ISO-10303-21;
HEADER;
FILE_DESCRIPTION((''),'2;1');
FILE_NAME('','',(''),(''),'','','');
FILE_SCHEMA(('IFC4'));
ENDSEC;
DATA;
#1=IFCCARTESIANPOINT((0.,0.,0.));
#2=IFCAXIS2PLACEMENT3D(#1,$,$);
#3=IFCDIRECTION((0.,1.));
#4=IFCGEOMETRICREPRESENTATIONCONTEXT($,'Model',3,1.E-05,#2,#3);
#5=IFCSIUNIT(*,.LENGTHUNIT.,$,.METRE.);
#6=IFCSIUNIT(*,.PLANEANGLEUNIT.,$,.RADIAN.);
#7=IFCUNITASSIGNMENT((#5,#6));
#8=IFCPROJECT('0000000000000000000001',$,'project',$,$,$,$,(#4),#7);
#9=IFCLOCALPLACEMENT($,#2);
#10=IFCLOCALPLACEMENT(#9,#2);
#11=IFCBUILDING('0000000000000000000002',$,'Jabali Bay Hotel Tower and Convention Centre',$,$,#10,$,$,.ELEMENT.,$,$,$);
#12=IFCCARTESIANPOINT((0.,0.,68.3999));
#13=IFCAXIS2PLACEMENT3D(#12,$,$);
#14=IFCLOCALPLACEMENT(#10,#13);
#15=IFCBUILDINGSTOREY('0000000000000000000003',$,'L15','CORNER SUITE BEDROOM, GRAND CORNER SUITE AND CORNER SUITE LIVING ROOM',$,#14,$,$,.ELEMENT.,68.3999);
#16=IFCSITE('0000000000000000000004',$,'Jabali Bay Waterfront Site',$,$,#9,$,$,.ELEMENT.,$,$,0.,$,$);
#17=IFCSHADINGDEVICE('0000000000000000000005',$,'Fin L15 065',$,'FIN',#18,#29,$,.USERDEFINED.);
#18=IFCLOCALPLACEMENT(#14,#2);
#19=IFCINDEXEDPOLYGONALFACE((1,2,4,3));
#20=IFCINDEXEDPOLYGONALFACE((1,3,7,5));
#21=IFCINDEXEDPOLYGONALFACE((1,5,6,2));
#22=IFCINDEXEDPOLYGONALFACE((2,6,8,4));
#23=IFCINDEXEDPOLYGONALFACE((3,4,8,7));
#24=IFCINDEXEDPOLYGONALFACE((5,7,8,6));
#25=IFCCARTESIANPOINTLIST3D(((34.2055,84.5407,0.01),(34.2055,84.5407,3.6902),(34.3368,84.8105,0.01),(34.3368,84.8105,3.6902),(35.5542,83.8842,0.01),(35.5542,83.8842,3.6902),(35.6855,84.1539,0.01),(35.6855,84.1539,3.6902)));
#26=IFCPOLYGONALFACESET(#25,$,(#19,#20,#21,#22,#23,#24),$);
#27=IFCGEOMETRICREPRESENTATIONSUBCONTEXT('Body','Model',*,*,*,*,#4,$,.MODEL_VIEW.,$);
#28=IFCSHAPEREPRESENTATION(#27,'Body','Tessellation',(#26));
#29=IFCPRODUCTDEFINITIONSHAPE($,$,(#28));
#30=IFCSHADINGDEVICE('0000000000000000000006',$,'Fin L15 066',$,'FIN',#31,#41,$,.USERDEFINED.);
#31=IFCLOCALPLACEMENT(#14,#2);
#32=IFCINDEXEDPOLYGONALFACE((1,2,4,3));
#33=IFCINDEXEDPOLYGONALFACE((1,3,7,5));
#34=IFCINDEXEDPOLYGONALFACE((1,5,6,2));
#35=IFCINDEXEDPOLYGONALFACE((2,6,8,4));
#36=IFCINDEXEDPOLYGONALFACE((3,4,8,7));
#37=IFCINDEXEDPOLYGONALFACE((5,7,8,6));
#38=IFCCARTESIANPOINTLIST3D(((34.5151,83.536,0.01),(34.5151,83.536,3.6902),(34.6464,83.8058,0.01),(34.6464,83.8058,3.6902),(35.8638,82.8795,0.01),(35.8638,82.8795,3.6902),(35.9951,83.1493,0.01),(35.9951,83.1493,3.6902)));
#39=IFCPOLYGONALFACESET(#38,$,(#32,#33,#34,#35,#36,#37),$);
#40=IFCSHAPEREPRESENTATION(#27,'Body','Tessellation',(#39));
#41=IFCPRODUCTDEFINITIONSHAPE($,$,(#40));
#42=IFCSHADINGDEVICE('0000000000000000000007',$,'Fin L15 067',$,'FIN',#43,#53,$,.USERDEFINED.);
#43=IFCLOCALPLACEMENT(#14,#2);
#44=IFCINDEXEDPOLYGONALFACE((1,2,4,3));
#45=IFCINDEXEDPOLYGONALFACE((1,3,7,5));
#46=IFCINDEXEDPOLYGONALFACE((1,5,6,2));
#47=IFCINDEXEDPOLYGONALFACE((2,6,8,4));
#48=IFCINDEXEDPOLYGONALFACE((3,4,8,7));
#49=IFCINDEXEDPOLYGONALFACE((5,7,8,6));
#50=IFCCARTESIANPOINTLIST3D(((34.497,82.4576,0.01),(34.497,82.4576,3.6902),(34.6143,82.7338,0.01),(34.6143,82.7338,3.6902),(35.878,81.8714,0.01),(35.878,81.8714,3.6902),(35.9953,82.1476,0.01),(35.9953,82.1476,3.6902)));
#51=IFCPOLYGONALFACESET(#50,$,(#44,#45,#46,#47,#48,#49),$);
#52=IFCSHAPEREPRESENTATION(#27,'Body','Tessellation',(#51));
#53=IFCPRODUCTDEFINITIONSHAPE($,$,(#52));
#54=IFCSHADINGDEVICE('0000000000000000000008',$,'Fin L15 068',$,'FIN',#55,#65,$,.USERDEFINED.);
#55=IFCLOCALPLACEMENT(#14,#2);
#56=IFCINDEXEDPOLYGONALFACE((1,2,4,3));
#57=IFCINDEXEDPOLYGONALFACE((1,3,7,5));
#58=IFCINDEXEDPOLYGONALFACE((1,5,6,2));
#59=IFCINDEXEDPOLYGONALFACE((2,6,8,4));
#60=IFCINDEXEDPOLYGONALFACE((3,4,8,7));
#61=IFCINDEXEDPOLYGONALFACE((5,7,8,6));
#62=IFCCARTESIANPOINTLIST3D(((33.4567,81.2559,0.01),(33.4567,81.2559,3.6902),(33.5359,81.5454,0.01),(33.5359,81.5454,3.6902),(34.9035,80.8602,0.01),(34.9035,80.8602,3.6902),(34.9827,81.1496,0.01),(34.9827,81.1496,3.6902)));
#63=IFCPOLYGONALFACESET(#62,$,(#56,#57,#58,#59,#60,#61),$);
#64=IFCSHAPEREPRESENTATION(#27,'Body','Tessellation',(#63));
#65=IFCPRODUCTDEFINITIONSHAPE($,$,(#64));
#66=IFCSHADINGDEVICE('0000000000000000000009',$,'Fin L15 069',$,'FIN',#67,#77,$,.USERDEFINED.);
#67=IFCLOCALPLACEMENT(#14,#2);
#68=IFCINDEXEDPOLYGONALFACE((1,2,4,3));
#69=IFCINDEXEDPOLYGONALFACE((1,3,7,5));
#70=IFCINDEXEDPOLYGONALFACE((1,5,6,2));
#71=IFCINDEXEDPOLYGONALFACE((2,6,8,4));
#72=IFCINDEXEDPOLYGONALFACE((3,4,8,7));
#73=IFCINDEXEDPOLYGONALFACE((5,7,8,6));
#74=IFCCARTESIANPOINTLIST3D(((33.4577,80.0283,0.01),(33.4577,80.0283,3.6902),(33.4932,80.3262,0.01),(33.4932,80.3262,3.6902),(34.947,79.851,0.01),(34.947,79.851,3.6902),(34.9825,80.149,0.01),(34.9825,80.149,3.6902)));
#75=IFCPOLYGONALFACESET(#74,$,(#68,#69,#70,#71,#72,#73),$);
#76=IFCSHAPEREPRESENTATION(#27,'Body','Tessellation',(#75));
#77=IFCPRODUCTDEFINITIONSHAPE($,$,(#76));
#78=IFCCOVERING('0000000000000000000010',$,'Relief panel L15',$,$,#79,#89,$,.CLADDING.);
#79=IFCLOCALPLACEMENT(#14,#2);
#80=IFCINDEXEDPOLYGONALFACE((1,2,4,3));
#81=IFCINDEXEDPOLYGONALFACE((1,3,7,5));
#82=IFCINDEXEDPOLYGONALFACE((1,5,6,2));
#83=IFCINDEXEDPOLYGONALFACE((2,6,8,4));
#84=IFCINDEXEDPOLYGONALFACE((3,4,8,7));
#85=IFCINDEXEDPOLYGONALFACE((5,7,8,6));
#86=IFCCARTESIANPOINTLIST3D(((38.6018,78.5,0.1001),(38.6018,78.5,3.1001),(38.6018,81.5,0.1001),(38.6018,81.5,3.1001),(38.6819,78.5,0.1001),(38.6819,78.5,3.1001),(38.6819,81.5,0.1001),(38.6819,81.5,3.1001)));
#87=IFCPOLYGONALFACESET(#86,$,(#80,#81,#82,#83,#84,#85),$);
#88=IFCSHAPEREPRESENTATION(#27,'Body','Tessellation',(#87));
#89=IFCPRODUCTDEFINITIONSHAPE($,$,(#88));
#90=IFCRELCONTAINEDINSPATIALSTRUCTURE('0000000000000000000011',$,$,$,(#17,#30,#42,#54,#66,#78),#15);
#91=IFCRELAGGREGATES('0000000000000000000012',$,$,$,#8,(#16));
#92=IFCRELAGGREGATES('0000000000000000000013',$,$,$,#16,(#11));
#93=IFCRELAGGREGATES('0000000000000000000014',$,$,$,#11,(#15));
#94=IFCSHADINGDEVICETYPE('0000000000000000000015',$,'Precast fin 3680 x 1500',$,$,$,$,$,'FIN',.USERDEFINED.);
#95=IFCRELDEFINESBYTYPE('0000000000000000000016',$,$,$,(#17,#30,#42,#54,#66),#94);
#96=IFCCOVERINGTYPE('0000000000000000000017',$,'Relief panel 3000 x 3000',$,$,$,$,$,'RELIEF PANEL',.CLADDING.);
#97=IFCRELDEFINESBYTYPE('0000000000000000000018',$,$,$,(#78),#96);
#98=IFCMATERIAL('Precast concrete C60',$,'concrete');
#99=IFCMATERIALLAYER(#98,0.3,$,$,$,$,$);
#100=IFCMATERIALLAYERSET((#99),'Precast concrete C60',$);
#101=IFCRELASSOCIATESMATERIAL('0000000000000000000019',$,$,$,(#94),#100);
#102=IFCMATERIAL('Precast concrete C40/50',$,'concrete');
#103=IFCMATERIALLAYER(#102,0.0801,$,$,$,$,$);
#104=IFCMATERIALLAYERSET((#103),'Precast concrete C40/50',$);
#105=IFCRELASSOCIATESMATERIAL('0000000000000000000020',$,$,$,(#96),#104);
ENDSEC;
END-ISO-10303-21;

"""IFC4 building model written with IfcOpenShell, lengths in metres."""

from ifc_helpers import new_model, si_unit, direction, frame, frame_2d, origin, origin_2d, place, context, subcontext, project, spatial, rectangle, extrude, material, layer, layer_set, type_object, element, save


model = new_model("IFC4")

# Units and contexts
model_context = context("Model", 3, precision=1e-05, world=origin(), true_north=direction((0.0, 1.0)))
body_context = subcontext(model_context, "Body", "Model", "MODEL_VIEW")
ifc_project = project(units=[si_unit("LENGTHUNIT", "METRE"), si_unit("PLANEANGLEUNIT", "RADIAN")], contexts=[model_context])

# Site, building, storey
site_placement = place(None, origin())
site = spatial("IfcSite", under=ifc_project, at=site_placement, Name="Jabali Bay Waterfront Site", CompositionType="ELEMENT", RefElevation=0.0)
building_placement = place(site_placement, origin())
building = spatial("IfcBuilding", under=site, at=building_placement, Name="Jabali Bay Hotel Tower and Convention Centre", CompositionType="ELEMENT")
storey_placement = place(building_placement, frame((0.0, 0.0, 68.3999)))
storey = spatial("IfcBuildingStorey", under=building, at=storey_placement, Name="L15", Description="CORNER SUITE BEDROOM, GRAND CORNER SUITE AND CORNER SUITE LIVING ROOM", CompositionType="ELEMENT", Elevation=68.3999)

# Shading devices
ifc_material_1 = material(Name="Precast concrete C60", Category="concrete")
ifc_layer_1 = layer(ifc_material_1, 0.3)
ifc_layer_set_1 = layer_set([ifc_layer_1], Name="Precast concrete C60")
shading_device_type_1 = type_object("IfcShadingDeviceType", Name="Precast fin 3680 x 1500", ElementType="FIN", PredefinedType="USERDEFINED", material=ifc_layer_set_1)
for number, where, z_axis, x_axis, name in (
    (1, (35.6199, 84.019, 0.01), (0.0, 0.0, 1.0), (-0.899129, 0.437683, 0.0), "Fin L15 065"),
    (2, (35.9294, 83.0144, 0.01), (0.0, 0.0, 1.0), (-0.899129, 0.437683, 0.0), "Fin L15 066"),
):
    element("IfcShadingDevice", number, at=place(storey_placement, frame(where, z_axis=z_axis, x_axis=x_axis)), inside=storey, type_object=shading_device_type_1, Name=name, ObjectType="FIN", PredefinedType="USERDEFINED", context=body_context, shape_type="SweptSolid", body=[
        extrude(rectangle(XDim=1.5, YDim=0.3, at=frame_2d((0.75, 0.0))), origin(), (0.0, 0.0, 1.0), 3.6802),
    ])
shading_device_1_placement = place(storey_placement, frame((35.9365, 82.0095, 0.01), z_axis=(0.0, 0.0, 1.0), x_axis=(-0.920495, 0.390755, 0.0)))
element("IfcShadingDevice", 3, at=shading_device_1_placement, inside=storey, type_object=shading_device_type_1, Name="Fin L15 067", ObjectType="FIN", PredefinedType="USERDEFINED", context=body_context, shape_type="SweptSolid", body=[
    extrude(rectangle(XDim=1.5002, YDim=0.3, at=frame_2d((0.75, 0.0))), origin(), (0.0, 0.0, 1.0), 3.6802),
])
shading_device_2_placement = place(storey_placement, frame((34.9431, 81.0049, 0.01), z_axis=(0.0, 0.0, 1.0), x_axis=(-0.964564, 0.263847, 0.0)))
element("IfcShadingDevice", 4, at=shading_device_2_placement, inside=storey, type_object=shading_device_type_1, Name="Fin L15 068", ObjectType="FIN", PredefinedType="USERDEFINED", context=body_context, shape_type="SweptSolid", body=[
    extrude(rectangle(XDim=1.5, YDim=0.3, at=frame_2d((0.75, 0.0))), origin(), (0.0, 0.0, 1.0), 3.6802),
])
shading_device_3_placement = place(storey_placement, frame((34.9648, 80.0, 0.01), z_axis=(0.0, 0.0, 1.0), x_axis=(-0.992992, 0.118182, 0.0)))
element("IfcShadingDevice", 5, at=shading_device_3_placement, inside=storey, type_object=shading_device_type_1, Name="Fin L15 069", ObjectType="FIN", PredefinedType="USERDEFINED", context=body_context, shape_type="SweptSolid", body=[
    extrude(rectangle(XDim=1.4998, YDim=0.3, at=frame_2d((0.75, 0.0))), origin(), (0.0, 0.0, 1.0), 3.6802),
])

# Covering
ifc_material_2 = material(Name="Precast concrete C40/50", Category="concrete")
ifc_layer_2 = layer(ifc_material_2, 0.0801)
ifc_layer_set_2 = layer_set([ifc_layer_2], Name="Precast concrete C40/50")
covering_type = type_object("IfcCoveringType", Name="Relief panel 3000 x 3000", ElementType="RELIEF PANEL", PredefinedType="CLADDING", material=ifc_layer_set_2)
covering_placement = place(storey_placement, frame((38.6418, 80.0, 0.1001), z_axis=(0.0, 0.0, 1.0), x_axis=(0.0, 1.0, 0.0)))
element("IfcCovering", 6, at=covering_placement, inside=storey, type_object=covering_type, Name="Relief panel L15", PredefinedType="CLADDING", context=body_context, shape_type="SweptSolid", body=[
    extrude(rectangle(XDim=3.0, YDim=0.0801, at=origin_2d()), origin(), (0.0, 0.0, 1.0), 3.0),
])

save(model, "model.ifc")
